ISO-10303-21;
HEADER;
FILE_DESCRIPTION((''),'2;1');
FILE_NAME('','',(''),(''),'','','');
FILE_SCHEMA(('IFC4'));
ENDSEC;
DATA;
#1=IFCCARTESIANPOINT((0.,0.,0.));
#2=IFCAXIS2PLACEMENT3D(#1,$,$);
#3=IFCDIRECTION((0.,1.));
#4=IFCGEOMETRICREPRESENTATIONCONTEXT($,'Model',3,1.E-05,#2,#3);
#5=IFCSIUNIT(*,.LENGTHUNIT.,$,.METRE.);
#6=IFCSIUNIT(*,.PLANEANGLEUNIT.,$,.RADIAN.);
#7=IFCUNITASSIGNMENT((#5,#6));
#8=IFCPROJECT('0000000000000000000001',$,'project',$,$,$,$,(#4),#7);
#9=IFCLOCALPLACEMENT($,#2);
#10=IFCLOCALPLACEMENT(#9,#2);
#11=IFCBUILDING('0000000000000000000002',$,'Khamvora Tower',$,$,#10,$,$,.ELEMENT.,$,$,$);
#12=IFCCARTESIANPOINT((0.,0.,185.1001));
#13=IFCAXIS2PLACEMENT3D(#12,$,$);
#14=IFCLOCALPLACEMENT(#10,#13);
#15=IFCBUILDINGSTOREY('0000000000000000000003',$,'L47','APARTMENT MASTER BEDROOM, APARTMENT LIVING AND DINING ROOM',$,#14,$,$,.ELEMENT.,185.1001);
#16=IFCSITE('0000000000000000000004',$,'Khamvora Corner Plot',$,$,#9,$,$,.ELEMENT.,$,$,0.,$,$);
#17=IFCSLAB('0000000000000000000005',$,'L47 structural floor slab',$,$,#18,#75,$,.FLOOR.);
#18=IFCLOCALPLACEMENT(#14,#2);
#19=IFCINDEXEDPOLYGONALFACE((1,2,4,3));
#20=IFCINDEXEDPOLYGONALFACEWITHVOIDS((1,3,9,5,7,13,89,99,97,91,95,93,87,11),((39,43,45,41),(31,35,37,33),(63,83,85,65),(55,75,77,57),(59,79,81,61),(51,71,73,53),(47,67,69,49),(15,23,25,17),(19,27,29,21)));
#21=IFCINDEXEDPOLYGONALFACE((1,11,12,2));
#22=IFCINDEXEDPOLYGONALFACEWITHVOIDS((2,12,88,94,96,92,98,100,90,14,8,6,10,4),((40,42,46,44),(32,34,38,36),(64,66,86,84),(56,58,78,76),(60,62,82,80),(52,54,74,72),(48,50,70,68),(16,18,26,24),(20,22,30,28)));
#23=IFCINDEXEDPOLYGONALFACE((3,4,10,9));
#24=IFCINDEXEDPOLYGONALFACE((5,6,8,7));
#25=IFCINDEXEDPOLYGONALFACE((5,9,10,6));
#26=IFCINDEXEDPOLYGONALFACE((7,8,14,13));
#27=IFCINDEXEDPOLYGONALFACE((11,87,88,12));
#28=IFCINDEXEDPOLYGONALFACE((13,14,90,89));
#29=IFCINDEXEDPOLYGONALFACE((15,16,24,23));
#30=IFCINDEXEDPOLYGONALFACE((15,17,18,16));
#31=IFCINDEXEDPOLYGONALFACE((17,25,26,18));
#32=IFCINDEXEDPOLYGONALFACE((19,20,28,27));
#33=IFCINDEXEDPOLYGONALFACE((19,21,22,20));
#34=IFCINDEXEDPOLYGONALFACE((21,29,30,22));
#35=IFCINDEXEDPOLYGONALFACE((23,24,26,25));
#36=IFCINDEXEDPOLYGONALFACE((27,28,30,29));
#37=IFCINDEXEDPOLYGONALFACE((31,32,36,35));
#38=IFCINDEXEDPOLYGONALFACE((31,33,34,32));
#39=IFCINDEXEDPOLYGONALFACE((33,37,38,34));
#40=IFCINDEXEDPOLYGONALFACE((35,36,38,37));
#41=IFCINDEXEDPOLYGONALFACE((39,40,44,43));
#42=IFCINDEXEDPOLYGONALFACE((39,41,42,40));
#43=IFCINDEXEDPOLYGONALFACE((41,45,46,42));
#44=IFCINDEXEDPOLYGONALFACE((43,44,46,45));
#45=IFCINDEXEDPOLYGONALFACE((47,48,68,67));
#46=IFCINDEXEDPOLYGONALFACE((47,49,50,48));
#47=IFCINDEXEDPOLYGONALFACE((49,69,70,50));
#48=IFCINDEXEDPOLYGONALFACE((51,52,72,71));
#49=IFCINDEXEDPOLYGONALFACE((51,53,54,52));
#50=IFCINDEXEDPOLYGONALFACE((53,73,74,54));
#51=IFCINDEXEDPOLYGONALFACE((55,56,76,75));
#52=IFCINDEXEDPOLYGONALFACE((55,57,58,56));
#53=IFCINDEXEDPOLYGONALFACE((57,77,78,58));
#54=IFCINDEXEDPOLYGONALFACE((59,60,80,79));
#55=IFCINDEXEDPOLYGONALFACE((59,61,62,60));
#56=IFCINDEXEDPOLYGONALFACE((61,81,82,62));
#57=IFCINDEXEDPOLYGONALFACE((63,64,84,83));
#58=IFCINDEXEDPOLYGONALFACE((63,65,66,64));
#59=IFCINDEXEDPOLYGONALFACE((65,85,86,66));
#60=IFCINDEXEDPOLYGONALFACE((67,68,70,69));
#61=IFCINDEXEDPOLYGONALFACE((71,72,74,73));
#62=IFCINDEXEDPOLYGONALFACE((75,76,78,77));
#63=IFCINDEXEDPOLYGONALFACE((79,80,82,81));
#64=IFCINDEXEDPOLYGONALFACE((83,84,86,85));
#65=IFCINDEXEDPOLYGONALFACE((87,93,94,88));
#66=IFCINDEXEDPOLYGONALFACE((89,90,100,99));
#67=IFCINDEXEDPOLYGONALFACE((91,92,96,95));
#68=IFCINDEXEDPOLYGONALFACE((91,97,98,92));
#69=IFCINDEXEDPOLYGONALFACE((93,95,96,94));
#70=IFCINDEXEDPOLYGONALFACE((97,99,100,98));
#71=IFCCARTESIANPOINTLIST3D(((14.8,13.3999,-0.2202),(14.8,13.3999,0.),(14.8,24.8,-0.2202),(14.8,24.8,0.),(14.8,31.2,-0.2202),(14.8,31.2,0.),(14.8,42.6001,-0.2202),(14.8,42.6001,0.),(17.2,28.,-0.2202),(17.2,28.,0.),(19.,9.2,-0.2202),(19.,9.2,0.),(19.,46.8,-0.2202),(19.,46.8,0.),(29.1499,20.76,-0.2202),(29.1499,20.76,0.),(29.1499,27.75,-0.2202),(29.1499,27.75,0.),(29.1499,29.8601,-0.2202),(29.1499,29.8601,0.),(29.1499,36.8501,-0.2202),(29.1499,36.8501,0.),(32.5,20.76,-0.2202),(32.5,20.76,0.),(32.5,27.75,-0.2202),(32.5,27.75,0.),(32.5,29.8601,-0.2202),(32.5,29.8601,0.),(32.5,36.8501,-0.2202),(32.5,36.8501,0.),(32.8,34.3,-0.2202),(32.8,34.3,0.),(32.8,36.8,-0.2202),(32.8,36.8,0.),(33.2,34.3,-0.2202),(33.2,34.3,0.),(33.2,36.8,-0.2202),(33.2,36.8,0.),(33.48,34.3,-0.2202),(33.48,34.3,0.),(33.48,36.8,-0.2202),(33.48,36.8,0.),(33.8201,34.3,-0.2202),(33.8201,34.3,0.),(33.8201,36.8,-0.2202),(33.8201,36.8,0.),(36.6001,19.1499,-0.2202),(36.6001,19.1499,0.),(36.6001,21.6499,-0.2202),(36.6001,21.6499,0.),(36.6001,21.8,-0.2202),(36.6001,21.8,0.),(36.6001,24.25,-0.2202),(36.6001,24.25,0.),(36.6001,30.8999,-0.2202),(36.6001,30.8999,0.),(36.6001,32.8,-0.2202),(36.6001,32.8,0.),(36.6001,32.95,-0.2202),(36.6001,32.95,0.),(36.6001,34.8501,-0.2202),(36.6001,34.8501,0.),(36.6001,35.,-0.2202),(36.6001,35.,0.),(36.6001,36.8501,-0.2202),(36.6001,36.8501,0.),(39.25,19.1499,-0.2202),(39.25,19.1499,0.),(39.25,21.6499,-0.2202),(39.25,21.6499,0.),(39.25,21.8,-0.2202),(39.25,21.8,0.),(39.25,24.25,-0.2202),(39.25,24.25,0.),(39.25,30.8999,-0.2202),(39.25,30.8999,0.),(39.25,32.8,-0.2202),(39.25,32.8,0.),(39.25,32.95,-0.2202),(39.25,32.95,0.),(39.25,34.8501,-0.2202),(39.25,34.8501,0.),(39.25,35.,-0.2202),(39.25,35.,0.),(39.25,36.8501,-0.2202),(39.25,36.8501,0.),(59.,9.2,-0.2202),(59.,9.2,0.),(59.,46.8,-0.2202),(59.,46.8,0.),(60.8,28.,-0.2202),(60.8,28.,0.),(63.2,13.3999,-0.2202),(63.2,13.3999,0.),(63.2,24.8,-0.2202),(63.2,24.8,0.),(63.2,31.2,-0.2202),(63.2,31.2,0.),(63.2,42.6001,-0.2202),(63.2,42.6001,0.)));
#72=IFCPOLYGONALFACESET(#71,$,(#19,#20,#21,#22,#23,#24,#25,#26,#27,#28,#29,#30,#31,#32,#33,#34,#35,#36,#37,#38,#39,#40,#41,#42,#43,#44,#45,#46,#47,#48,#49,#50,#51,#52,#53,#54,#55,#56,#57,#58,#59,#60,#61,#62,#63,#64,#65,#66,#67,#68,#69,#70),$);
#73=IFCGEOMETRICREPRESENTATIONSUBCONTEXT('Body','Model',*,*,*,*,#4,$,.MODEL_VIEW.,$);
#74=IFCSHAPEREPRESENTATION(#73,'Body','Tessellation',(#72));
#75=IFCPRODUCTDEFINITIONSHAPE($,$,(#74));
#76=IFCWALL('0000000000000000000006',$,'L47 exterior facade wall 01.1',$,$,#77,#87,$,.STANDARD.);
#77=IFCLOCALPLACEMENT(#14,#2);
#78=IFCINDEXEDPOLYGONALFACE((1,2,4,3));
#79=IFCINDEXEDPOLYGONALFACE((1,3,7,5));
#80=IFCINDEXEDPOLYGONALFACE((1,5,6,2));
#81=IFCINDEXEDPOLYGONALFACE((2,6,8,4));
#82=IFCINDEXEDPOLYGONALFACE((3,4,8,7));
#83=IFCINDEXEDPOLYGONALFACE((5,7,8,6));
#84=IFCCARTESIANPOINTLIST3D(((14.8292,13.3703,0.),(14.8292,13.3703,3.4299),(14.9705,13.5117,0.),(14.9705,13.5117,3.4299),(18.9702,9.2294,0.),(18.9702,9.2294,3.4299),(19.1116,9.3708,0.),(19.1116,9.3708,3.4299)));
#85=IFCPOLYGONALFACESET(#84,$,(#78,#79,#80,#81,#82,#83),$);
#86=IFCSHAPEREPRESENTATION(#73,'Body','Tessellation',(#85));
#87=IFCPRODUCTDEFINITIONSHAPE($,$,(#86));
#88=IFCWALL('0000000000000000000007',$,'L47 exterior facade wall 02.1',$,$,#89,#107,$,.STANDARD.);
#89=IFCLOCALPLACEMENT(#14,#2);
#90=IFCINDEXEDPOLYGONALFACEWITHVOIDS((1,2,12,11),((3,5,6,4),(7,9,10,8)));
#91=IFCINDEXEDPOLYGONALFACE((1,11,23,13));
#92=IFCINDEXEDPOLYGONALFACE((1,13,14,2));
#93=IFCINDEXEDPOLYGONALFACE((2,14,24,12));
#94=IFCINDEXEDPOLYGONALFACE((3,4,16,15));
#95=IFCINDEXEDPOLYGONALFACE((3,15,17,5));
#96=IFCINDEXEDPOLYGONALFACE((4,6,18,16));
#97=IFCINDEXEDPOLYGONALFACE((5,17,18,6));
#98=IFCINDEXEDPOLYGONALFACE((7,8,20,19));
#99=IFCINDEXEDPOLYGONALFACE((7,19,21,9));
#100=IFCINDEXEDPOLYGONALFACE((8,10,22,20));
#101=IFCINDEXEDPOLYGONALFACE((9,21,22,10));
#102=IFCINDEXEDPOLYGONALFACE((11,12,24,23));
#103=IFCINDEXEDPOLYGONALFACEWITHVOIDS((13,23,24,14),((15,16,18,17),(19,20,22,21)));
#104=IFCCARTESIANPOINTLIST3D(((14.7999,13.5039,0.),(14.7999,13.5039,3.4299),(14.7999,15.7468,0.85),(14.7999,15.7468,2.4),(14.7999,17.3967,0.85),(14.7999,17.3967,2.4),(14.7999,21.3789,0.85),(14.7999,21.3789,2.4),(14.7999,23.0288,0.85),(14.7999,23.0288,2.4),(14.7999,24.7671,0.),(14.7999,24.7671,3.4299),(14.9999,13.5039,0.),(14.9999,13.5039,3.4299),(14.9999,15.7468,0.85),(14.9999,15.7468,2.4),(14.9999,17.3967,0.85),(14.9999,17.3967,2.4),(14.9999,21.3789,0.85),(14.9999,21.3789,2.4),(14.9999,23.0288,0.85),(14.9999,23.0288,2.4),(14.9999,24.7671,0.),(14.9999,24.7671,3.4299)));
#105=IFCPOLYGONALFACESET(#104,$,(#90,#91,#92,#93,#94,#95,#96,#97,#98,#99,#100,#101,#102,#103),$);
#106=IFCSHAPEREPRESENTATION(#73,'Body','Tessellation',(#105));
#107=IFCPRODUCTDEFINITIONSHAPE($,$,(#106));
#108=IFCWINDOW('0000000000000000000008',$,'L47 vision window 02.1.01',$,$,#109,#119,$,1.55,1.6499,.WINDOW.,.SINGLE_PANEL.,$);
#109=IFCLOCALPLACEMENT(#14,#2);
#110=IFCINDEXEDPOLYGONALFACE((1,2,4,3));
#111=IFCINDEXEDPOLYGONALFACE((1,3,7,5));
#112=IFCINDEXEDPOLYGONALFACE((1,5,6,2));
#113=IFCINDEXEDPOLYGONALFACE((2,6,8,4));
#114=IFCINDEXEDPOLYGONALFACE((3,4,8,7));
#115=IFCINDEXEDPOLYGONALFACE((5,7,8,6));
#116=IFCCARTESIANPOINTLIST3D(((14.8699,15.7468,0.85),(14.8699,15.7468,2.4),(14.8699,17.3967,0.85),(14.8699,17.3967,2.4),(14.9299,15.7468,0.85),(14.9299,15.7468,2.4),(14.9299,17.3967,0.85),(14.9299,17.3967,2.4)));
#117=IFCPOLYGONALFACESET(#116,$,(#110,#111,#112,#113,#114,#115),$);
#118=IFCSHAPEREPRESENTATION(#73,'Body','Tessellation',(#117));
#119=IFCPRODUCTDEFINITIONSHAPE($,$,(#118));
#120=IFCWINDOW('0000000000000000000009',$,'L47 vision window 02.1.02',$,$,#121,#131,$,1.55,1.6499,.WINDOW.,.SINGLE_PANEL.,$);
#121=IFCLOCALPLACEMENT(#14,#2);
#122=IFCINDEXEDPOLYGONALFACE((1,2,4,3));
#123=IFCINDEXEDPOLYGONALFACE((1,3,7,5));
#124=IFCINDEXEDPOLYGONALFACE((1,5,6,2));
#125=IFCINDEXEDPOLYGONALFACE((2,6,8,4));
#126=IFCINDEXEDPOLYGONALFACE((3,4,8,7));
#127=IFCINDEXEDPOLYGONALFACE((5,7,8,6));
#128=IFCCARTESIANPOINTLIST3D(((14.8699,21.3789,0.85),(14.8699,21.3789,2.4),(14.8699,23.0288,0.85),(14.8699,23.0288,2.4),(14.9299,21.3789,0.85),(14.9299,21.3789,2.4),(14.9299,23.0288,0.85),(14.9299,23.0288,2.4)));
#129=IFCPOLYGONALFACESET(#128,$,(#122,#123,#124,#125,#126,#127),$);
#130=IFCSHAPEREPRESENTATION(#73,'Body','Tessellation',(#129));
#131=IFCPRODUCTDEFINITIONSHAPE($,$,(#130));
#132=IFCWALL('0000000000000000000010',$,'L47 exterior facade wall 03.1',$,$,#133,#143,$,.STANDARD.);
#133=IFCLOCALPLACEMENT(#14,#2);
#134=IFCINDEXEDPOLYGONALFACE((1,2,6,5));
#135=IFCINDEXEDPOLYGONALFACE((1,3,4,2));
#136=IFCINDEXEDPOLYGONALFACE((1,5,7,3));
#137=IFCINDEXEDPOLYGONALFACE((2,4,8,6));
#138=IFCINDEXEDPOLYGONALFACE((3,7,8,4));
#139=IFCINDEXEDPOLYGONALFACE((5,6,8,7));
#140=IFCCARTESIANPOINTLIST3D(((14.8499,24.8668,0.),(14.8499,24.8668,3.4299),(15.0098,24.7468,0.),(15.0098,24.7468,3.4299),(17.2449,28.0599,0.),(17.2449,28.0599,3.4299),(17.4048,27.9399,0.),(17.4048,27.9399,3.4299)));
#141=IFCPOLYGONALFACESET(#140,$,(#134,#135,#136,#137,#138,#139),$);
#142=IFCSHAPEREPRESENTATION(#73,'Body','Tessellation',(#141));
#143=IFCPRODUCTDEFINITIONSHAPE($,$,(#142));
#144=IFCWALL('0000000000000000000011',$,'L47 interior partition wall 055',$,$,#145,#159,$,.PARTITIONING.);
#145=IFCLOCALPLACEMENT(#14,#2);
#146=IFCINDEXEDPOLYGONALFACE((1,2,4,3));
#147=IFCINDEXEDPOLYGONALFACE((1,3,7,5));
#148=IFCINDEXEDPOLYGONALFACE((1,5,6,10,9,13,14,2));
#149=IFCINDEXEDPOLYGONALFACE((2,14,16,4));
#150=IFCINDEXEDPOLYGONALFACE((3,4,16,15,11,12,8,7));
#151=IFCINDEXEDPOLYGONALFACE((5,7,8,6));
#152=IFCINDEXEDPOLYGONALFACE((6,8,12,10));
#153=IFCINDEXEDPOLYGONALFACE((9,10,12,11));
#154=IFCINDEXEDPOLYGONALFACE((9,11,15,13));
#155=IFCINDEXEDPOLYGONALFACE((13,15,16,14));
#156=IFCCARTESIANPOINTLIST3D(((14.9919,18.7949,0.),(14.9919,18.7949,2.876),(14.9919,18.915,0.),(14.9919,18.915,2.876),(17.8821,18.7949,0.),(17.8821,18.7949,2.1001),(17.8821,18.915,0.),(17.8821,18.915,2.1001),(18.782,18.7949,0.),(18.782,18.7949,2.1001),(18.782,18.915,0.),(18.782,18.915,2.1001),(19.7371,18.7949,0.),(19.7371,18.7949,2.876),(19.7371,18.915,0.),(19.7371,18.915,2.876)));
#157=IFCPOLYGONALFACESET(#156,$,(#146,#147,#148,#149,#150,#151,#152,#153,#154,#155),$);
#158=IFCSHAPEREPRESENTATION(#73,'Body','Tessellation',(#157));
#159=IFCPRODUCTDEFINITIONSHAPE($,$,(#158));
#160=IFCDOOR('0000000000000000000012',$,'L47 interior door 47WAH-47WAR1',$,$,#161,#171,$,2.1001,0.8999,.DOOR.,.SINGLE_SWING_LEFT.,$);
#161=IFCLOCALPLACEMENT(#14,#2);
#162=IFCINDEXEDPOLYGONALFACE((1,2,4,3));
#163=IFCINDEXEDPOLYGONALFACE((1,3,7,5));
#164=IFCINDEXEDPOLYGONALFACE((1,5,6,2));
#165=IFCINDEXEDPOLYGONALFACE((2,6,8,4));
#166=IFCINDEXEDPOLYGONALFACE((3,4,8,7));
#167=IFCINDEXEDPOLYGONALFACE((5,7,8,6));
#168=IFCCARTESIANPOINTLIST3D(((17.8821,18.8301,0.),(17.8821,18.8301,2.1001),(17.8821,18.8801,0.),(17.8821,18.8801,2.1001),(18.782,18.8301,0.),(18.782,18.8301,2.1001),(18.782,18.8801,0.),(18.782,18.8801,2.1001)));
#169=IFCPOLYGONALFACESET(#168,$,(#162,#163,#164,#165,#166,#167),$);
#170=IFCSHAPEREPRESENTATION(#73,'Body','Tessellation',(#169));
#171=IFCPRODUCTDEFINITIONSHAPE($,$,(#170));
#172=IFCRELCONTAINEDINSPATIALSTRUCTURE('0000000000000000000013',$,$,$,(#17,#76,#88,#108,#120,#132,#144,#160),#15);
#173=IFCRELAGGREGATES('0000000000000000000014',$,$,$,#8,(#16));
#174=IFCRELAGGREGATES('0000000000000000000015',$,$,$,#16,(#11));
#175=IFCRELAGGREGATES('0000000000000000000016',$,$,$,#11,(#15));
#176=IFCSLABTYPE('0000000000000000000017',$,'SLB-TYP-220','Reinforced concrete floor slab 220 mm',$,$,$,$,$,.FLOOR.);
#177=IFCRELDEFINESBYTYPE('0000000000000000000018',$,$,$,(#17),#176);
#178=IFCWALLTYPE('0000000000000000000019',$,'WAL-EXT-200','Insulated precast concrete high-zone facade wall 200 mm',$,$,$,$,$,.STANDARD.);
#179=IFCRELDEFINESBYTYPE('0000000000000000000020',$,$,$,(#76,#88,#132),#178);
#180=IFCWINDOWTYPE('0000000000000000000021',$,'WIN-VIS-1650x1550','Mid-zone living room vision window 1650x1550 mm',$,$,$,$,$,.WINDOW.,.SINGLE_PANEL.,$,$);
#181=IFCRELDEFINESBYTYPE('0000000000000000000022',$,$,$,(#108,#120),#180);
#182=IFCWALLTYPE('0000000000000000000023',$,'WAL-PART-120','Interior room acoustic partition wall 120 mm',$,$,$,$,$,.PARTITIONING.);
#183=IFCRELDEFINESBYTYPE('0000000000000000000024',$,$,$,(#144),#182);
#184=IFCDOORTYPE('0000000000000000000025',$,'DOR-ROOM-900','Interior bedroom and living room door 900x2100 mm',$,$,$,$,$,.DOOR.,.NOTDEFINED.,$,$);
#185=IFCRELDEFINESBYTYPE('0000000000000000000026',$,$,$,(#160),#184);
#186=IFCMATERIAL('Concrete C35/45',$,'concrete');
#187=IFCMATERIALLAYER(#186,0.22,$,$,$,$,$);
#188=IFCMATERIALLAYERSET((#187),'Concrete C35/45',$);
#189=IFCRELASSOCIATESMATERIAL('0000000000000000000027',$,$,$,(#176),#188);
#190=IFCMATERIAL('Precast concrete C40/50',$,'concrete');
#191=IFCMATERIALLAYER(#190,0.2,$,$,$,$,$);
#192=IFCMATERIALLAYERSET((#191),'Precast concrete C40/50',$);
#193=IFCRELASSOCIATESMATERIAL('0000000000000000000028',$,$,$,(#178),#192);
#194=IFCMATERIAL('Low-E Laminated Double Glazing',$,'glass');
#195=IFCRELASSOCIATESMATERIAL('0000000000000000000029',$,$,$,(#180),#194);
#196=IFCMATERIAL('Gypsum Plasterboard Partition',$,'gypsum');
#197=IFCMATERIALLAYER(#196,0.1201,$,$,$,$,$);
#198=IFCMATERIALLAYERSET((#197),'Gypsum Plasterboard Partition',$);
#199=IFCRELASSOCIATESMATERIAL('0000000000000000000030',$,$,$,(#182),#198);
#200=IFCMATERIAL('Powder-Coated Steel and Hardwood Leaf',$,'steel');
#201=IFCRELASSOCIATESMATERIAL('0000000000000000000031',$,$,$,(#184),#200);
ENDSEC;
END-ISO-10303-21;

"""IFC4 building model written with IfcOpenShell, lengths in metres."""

from ifc_helpers import new_model, si_unit, direction, frame, frame_2d, origin, place, context, subcontext, project, spatial, polyline, rectangle, outline, extrude, material, layer, layer_set, type_object, element, fill, save


model = new_model("IFC4")

# Units and contexts
model_context = context("Model", 3, precision=1e-05, world=origin(), true_north=direction((0.0, 1.0)))
body_context = subcontext(model_context, "Body", "Model", "MODEL_VIEW")
ifc_project = project(units=[si_unit("LENGTHUNIT", "METRE"), si_unit("PLANEANGLEUNIT", "RADIAN")], contexts=[model_context])

# Site, building, storey
site_placement = place(None, origin())
site = spatial("IfcSite", under=ifc_project, at=site_placement, Name="Khamvora Corner Plot", CompositionType="ELEMENT", RefElevation=0.0)
building_placement = place(site_placement, origin())
building = spatial("IfcBuilding", under=site, at=building_placement, Name="Khamvora Tower", CompositionType="ELEMENT")
storey_placement = place(building_placement, frame((0.0, 0.0, 185.1001)))
storey = spatial("IfcBuildingStorey", under=building, at=storey_placement, Name="L47", Description="APARTMENT MASTER BEDROOM, APARTMENT LIVING AND DINING ROOM", CompositionType="ELEMENT", Elevation=185.1001)

# Slab
ifc_material_1 = material(Name="Concrete C35/45", Category="concrete")
ifc_layer_1 = layer(ifc_material_1, 0.22)
ifc_layer_set_1 = layer_set([ifc_layer_1], Name="Concrete C35/45")
slab_type_1 = type_object("IfcSlabType", Name="SLB-TYP-220", Description="Reinforced concrete floor slab 220 mm", PredefinedType="FLOOR", material=ifc_layer_set_1)
slab_1_placement = place(storey_placement, frame((0.0, 0.0, -0.2202)))
element("IfcSlab", 1, at=slab_1_placement, inside=storey, type_object=slab_type_1, Name="L47 structural floor slab", PredefinedType="FLOOR", context=body_context, shape_type="SweptSolid", body=[
    extrude(outline(polyline([(19.0, 9.2), (59.0, 9.2), (63.2, 13.3999), (63.2, 24.8), (60.8, 28.0), (63.2, 31.2), (63.2, 42.6001), (59.0, 46.8), (19.0, 46.8), (14.8, 42.6001), (14.8, 31.2), (17.2, 28.0), (14.8, 24.8), (14.8, 13.3999), (19.0, 9.2)]), holes=[polyline([(32.5, 20.76), (32.5, 27.75), (29.1499, 27.75), (29.1499, 20.76), (32.5, 20.76)]), polyline([(32.5, 29.8601), (32.5, 36.8501), (29.1499, 36.8501), (29.1499, 29.8601), (32.5, 29.8601)]), polyline([(36.6001, 19.1499), (39.25, 19.1499), (39.25, 21.6499), (36.6001, 21.6499), (36.6001, 19.1499)]), polyline([(36.6001, 21.8), (39.25, 21.8), (39.25, 24.25), (36.6001, 24.25), (36.6001, 21.8)]), polyline([(36.6001, 30.8999), (39.25, 30.8999), (39.25, 32.8), (36.6001, 32.8), (36.6001, 30.8999)]), polyline([(36.6001, 32.95), (39.25, 32.95), (39.25, 34.8501), (36.6001, 34.8501), (36.6001, 32.95)]), polyline([(36.6001, 35.0), (39.25, 35.0), (39.25, 36.8501), (36.6001, 36.8501), (36.6001, 35.0)]), polyline([(32.8, 34.3), (33.2, 34.3), (33.2, 36.8), (32.8, 36.8), (32.8, 34.3)]), polyline([(33.48, 34.3), (33.8201, 34.3), (33.8201, 36.8), (33.48, 36.8), (33.48, 34.3)])]), origin(), (0.0, 0.0, 1.0), 0.2202),
])

# Wall
ifc_material_2 = material(Name="Precast concrete C40/50", Category="concrete")
ifc_layer_2 = layer(ifc_material_2, 0.2)
ifc_layer_set_2 = layer_set([ifc_layer_2], Name="Precast concrete C40/50")
wall_type_1 = type_object("IfcWallType", Name="WAL-EXT-200", Description="Insulated precast concrete high-zone facade wall 200 mm", PredefinedType="STANDARD", material=ifc_layer_set_2)
wall_1_placement = place(storey_placement, frame((19.041, 9.3, 0.0), z_axis=(0.0, 0.0, 1.0), x_axis=(-0.707128, 0.707086, 0.0)))
element("IfcWall", 2, at=wall_1_placement, inside=storey, type_object=wall_type_1, Name="L47 exterior facade wall 01.1", PredefinedType="STANDARD", context=body_context, shape_type="SweptSolid", body=[
    extrude(rectangle(XDim=5.8562, YDim=0.2, at=frame_2d((2.9282, 0.0))), origin(), (0.0, 0.0, 1.0), 3.4299),
])

# Wall, openings, windows
wall_2_placement = place(storey_placement, frame((14.8999, 13.5039, 0.0), z_axis=(0.0, 0.0, 1.0), x_axis=(0.0, 1.0, 0.0)))
wall_2 = element("IfcWall", 3, at=wall_2_placement, inside=storey, type_object=wall_type_1, Name="L47 exterior facade wall 02.1", PredefinedType="STANDARD", context=body_context, shape_type="SweptSolid", body=[
    extrude(rectangle(XDim=11.2632, YDim=0.2, at=frame_2d((5.6316, 0.0))), origin(), (0.0, 0.0, 1.0), 3.4299),
])
opening_1_placement = place(wall_2_placement, frame((2.2429, 0.0, 0.8501)))
opening_1 = element("IfcOpeningElement", 4, at=opening_1_placement, cuts=wall_2, PredefinedType="OPENING", context=body_context, shape_type="SweptSolid", body=[
    extrude(rectangle(XDim=1.6499, YDim=1.55, at=frame_2d((0.825, 0.7749))), frame((0.0, 0.1099, 0.0), z_axis=(0.0, -1.0, 0.0), x_axis=(1.0, 0.0, 0.0)), (0.0, 0.0, 1.0), 0.22),
])
opening_2_placement = place(wall_2_placement, frame((7.875, 0.0, 0.8501)))
opening_2 = element("IfcOpeningElement", 5, at=opening_2_placement, cuts=wall_2, PredefinedType="OPENING", context=body_context, shape_type="SweptSolid", body=[
    extrude(rectangle(XDim=1.6499, YDim=1.55, at=frame_2d((0.825, 0.7749))), frame((0.0, 0.1099, 0.0), z_axis=(0.0, -1.0, 0.0), x_axis=(1.0, 0.0, 0.0)), (0.0, 0.0, 1.0), 0.22),
])
ifc_material_3 = material(Name="Low-E Laminated Double Glazing", Category="glass")
window_type = type_object("IfcWindowType", Name="WIN-VIS-1650x1550", Description="Mid-zone living room vision window 1650x1550 mm", PartitioningType="SINGLE_PANEL", PredefinedType="WINDOW", material=ifc_material_3)
window_1_placement = place(opening_1_placement, origin())
window_1 = element("IfcWindow", 6, at=window_1_placement, inside=storey, type_object=window_type, Name="L47 vision window 02.1.01", OverallHeight=1.55, OverallWidth=1.6499, PartitioningType="SINGLE_PANEL", PredefinedType="WINDOW", context=body_context, shape_type="SweptSolid", body=[
    extrude(rectangle(XDim=1.6499, YDim=1.55, at=frame_2d((0.825, 0.7749))), frame((0.0, 0.03, 0.0), z_axis=(0.0, -1.0, 0.0), x_axis=(1.0, 0.0, 0.0)), (0.0, 0.0, 1.0), 0.0601),
])
fill(opening_1, window_1)
window_2_placement = place(opening_2_placement, origin())
window_2 = element("IfcWindow", 7, at=window_2_placement, inside=storey, type_object=window_type, Name="L47 vision window 02.1.02", OverallHeight=1.55, OverallWidth=1.6499, PartitioningType="SINGLE_PANEL", PredefinedType="WINDOW", context=body_context, shape_type="SweptSolid", body=[
    extrude(rectangle(XDim=1.6499, YDim=1.55, at=frame_2d((0.825, 0.7749))), frame((0.0, 0.03, 0.0), z_axis=(0.0, -1.0, 0.0), x_axis=(1.0, 0.0, 0.0)), (0.0, 0.0, 1.0), 0.0601),
])
fill(opening_2, window_2)

# Wall
wall_3_placement = place(storey_placement, frame((14.9299, 24.8069, 0.0), z_axis=(0.0, 0.0, 1.0), x_axis=(0.600029, 0.799978, 0.0)))
element("IfcWall", 8, at=wall_3_placement, inside=storey, type_object=wall_type_1, Name="L47 exterior facade wall 03.1", PredefinedType="STANDARD", context=body_context, shape_type="SweptSolid", body=[
    extrude(rectangle(XDim=3.9915, YDim=0.2, at=frame_2d((1.9956, 0.0))), origin(), (0.0, 0.0, 1.0), 3.4299),
])

# Wall, opening, door
ifc_material_4 = material(Name="Gypsum Plasterboard Partition", Category="gypsum")
ifc_layer_3 = layer(ifc_material_4, 0.1201)
ifc_layer_set_3 = layer_set([ifc_layer_3], Name="Gypsum Plasterboard Partition")
wall_type_2 = type_object("IfcWallType", Name="WAL-PART-120", Description="Interior room acoustic partition wall 120 mm", PredefinedType="PARTITIONING", material=ifc_layer_set_3)
wall_4_placement = place(storey_placement, frame((19.7371, 18.855, 0.0), z_axis=(0.0, 0.0, 1.0), x_axis=(-1.0, 0.0, 0.0)))
wall_4 = element("IfcWall", 9, at=wall_4_placement, inside=storey, type_object=wall_type_2, Name="L47 interior partition wall 055", PredefinedType="PARTITIONING", context=body_context, shape_type="SweptSolid", body=[
    extrude(rectangle(XDim=4.7451, YDim=0.1201, at=frame_2d((2.3726, 0.0))), origin(), (0.0, 0.0, 1.0), 2.876),
])
opening_3_placement = place(wall_4_placement, frame((0.9551, 0.0, 0.0)))
opening_3 = element("IfcOpeningElement", 10, at=opening_3_placement, cuts=wall_4, PredefinedType="OPENING", context=body_context, shape_type="SweptSolid", body=[
    extrude(rectangle(XDim=0.8999, YDim=2.1001, at=frame_2d((0.45, 1.05))), frame((0.0, 0.0701, 0.0), z_axis=(0.0, -1.0, 0.0), x_axis=(1.0, 0.0, 0.0)), (0.0, 0.0, 1.0), 0.1401),
])
ifc_material_5 = material(Name="Powder-Coated Steel and Hardwood Leaf", Category="steel")
door_type = type_object("IfcDoorType", Name="DOR-ROOM-900", Description="Interior bedroom and living room door 900x2100 mm", OperationType="NOTDEFINED", PredefinedType="DOOR", material=ifc_material_5)
door_1_placement = place(opening_3_placement, origin())
door_1 = element("IfcDoor", 11, at=door_1_placement, inside=storey, type_object=door_type, Name="L47 interior door 47WAH-47WAR1", OperationType="SINGLE_SWING_LEFT", OverallHeight=2.1001, OverallWidth=0.8999, PredefinedType="DOOR", context=body_context, shape_type="SweptSolid", body=[
    extrude(rectangle(XDim=0.8999, YDim=2.1001, at=frame_2d((0.45, 1.05))), frame((0.0, 0.0249, 0.0), z_axis=(0.0, -1.0, 0.0), x_axis=(1.0, 0.0, 0.0)), (0.0, 0.0, 1.0), 0.05),
])
fill(opening_3, door_1)

save(model, "model.ifc")
